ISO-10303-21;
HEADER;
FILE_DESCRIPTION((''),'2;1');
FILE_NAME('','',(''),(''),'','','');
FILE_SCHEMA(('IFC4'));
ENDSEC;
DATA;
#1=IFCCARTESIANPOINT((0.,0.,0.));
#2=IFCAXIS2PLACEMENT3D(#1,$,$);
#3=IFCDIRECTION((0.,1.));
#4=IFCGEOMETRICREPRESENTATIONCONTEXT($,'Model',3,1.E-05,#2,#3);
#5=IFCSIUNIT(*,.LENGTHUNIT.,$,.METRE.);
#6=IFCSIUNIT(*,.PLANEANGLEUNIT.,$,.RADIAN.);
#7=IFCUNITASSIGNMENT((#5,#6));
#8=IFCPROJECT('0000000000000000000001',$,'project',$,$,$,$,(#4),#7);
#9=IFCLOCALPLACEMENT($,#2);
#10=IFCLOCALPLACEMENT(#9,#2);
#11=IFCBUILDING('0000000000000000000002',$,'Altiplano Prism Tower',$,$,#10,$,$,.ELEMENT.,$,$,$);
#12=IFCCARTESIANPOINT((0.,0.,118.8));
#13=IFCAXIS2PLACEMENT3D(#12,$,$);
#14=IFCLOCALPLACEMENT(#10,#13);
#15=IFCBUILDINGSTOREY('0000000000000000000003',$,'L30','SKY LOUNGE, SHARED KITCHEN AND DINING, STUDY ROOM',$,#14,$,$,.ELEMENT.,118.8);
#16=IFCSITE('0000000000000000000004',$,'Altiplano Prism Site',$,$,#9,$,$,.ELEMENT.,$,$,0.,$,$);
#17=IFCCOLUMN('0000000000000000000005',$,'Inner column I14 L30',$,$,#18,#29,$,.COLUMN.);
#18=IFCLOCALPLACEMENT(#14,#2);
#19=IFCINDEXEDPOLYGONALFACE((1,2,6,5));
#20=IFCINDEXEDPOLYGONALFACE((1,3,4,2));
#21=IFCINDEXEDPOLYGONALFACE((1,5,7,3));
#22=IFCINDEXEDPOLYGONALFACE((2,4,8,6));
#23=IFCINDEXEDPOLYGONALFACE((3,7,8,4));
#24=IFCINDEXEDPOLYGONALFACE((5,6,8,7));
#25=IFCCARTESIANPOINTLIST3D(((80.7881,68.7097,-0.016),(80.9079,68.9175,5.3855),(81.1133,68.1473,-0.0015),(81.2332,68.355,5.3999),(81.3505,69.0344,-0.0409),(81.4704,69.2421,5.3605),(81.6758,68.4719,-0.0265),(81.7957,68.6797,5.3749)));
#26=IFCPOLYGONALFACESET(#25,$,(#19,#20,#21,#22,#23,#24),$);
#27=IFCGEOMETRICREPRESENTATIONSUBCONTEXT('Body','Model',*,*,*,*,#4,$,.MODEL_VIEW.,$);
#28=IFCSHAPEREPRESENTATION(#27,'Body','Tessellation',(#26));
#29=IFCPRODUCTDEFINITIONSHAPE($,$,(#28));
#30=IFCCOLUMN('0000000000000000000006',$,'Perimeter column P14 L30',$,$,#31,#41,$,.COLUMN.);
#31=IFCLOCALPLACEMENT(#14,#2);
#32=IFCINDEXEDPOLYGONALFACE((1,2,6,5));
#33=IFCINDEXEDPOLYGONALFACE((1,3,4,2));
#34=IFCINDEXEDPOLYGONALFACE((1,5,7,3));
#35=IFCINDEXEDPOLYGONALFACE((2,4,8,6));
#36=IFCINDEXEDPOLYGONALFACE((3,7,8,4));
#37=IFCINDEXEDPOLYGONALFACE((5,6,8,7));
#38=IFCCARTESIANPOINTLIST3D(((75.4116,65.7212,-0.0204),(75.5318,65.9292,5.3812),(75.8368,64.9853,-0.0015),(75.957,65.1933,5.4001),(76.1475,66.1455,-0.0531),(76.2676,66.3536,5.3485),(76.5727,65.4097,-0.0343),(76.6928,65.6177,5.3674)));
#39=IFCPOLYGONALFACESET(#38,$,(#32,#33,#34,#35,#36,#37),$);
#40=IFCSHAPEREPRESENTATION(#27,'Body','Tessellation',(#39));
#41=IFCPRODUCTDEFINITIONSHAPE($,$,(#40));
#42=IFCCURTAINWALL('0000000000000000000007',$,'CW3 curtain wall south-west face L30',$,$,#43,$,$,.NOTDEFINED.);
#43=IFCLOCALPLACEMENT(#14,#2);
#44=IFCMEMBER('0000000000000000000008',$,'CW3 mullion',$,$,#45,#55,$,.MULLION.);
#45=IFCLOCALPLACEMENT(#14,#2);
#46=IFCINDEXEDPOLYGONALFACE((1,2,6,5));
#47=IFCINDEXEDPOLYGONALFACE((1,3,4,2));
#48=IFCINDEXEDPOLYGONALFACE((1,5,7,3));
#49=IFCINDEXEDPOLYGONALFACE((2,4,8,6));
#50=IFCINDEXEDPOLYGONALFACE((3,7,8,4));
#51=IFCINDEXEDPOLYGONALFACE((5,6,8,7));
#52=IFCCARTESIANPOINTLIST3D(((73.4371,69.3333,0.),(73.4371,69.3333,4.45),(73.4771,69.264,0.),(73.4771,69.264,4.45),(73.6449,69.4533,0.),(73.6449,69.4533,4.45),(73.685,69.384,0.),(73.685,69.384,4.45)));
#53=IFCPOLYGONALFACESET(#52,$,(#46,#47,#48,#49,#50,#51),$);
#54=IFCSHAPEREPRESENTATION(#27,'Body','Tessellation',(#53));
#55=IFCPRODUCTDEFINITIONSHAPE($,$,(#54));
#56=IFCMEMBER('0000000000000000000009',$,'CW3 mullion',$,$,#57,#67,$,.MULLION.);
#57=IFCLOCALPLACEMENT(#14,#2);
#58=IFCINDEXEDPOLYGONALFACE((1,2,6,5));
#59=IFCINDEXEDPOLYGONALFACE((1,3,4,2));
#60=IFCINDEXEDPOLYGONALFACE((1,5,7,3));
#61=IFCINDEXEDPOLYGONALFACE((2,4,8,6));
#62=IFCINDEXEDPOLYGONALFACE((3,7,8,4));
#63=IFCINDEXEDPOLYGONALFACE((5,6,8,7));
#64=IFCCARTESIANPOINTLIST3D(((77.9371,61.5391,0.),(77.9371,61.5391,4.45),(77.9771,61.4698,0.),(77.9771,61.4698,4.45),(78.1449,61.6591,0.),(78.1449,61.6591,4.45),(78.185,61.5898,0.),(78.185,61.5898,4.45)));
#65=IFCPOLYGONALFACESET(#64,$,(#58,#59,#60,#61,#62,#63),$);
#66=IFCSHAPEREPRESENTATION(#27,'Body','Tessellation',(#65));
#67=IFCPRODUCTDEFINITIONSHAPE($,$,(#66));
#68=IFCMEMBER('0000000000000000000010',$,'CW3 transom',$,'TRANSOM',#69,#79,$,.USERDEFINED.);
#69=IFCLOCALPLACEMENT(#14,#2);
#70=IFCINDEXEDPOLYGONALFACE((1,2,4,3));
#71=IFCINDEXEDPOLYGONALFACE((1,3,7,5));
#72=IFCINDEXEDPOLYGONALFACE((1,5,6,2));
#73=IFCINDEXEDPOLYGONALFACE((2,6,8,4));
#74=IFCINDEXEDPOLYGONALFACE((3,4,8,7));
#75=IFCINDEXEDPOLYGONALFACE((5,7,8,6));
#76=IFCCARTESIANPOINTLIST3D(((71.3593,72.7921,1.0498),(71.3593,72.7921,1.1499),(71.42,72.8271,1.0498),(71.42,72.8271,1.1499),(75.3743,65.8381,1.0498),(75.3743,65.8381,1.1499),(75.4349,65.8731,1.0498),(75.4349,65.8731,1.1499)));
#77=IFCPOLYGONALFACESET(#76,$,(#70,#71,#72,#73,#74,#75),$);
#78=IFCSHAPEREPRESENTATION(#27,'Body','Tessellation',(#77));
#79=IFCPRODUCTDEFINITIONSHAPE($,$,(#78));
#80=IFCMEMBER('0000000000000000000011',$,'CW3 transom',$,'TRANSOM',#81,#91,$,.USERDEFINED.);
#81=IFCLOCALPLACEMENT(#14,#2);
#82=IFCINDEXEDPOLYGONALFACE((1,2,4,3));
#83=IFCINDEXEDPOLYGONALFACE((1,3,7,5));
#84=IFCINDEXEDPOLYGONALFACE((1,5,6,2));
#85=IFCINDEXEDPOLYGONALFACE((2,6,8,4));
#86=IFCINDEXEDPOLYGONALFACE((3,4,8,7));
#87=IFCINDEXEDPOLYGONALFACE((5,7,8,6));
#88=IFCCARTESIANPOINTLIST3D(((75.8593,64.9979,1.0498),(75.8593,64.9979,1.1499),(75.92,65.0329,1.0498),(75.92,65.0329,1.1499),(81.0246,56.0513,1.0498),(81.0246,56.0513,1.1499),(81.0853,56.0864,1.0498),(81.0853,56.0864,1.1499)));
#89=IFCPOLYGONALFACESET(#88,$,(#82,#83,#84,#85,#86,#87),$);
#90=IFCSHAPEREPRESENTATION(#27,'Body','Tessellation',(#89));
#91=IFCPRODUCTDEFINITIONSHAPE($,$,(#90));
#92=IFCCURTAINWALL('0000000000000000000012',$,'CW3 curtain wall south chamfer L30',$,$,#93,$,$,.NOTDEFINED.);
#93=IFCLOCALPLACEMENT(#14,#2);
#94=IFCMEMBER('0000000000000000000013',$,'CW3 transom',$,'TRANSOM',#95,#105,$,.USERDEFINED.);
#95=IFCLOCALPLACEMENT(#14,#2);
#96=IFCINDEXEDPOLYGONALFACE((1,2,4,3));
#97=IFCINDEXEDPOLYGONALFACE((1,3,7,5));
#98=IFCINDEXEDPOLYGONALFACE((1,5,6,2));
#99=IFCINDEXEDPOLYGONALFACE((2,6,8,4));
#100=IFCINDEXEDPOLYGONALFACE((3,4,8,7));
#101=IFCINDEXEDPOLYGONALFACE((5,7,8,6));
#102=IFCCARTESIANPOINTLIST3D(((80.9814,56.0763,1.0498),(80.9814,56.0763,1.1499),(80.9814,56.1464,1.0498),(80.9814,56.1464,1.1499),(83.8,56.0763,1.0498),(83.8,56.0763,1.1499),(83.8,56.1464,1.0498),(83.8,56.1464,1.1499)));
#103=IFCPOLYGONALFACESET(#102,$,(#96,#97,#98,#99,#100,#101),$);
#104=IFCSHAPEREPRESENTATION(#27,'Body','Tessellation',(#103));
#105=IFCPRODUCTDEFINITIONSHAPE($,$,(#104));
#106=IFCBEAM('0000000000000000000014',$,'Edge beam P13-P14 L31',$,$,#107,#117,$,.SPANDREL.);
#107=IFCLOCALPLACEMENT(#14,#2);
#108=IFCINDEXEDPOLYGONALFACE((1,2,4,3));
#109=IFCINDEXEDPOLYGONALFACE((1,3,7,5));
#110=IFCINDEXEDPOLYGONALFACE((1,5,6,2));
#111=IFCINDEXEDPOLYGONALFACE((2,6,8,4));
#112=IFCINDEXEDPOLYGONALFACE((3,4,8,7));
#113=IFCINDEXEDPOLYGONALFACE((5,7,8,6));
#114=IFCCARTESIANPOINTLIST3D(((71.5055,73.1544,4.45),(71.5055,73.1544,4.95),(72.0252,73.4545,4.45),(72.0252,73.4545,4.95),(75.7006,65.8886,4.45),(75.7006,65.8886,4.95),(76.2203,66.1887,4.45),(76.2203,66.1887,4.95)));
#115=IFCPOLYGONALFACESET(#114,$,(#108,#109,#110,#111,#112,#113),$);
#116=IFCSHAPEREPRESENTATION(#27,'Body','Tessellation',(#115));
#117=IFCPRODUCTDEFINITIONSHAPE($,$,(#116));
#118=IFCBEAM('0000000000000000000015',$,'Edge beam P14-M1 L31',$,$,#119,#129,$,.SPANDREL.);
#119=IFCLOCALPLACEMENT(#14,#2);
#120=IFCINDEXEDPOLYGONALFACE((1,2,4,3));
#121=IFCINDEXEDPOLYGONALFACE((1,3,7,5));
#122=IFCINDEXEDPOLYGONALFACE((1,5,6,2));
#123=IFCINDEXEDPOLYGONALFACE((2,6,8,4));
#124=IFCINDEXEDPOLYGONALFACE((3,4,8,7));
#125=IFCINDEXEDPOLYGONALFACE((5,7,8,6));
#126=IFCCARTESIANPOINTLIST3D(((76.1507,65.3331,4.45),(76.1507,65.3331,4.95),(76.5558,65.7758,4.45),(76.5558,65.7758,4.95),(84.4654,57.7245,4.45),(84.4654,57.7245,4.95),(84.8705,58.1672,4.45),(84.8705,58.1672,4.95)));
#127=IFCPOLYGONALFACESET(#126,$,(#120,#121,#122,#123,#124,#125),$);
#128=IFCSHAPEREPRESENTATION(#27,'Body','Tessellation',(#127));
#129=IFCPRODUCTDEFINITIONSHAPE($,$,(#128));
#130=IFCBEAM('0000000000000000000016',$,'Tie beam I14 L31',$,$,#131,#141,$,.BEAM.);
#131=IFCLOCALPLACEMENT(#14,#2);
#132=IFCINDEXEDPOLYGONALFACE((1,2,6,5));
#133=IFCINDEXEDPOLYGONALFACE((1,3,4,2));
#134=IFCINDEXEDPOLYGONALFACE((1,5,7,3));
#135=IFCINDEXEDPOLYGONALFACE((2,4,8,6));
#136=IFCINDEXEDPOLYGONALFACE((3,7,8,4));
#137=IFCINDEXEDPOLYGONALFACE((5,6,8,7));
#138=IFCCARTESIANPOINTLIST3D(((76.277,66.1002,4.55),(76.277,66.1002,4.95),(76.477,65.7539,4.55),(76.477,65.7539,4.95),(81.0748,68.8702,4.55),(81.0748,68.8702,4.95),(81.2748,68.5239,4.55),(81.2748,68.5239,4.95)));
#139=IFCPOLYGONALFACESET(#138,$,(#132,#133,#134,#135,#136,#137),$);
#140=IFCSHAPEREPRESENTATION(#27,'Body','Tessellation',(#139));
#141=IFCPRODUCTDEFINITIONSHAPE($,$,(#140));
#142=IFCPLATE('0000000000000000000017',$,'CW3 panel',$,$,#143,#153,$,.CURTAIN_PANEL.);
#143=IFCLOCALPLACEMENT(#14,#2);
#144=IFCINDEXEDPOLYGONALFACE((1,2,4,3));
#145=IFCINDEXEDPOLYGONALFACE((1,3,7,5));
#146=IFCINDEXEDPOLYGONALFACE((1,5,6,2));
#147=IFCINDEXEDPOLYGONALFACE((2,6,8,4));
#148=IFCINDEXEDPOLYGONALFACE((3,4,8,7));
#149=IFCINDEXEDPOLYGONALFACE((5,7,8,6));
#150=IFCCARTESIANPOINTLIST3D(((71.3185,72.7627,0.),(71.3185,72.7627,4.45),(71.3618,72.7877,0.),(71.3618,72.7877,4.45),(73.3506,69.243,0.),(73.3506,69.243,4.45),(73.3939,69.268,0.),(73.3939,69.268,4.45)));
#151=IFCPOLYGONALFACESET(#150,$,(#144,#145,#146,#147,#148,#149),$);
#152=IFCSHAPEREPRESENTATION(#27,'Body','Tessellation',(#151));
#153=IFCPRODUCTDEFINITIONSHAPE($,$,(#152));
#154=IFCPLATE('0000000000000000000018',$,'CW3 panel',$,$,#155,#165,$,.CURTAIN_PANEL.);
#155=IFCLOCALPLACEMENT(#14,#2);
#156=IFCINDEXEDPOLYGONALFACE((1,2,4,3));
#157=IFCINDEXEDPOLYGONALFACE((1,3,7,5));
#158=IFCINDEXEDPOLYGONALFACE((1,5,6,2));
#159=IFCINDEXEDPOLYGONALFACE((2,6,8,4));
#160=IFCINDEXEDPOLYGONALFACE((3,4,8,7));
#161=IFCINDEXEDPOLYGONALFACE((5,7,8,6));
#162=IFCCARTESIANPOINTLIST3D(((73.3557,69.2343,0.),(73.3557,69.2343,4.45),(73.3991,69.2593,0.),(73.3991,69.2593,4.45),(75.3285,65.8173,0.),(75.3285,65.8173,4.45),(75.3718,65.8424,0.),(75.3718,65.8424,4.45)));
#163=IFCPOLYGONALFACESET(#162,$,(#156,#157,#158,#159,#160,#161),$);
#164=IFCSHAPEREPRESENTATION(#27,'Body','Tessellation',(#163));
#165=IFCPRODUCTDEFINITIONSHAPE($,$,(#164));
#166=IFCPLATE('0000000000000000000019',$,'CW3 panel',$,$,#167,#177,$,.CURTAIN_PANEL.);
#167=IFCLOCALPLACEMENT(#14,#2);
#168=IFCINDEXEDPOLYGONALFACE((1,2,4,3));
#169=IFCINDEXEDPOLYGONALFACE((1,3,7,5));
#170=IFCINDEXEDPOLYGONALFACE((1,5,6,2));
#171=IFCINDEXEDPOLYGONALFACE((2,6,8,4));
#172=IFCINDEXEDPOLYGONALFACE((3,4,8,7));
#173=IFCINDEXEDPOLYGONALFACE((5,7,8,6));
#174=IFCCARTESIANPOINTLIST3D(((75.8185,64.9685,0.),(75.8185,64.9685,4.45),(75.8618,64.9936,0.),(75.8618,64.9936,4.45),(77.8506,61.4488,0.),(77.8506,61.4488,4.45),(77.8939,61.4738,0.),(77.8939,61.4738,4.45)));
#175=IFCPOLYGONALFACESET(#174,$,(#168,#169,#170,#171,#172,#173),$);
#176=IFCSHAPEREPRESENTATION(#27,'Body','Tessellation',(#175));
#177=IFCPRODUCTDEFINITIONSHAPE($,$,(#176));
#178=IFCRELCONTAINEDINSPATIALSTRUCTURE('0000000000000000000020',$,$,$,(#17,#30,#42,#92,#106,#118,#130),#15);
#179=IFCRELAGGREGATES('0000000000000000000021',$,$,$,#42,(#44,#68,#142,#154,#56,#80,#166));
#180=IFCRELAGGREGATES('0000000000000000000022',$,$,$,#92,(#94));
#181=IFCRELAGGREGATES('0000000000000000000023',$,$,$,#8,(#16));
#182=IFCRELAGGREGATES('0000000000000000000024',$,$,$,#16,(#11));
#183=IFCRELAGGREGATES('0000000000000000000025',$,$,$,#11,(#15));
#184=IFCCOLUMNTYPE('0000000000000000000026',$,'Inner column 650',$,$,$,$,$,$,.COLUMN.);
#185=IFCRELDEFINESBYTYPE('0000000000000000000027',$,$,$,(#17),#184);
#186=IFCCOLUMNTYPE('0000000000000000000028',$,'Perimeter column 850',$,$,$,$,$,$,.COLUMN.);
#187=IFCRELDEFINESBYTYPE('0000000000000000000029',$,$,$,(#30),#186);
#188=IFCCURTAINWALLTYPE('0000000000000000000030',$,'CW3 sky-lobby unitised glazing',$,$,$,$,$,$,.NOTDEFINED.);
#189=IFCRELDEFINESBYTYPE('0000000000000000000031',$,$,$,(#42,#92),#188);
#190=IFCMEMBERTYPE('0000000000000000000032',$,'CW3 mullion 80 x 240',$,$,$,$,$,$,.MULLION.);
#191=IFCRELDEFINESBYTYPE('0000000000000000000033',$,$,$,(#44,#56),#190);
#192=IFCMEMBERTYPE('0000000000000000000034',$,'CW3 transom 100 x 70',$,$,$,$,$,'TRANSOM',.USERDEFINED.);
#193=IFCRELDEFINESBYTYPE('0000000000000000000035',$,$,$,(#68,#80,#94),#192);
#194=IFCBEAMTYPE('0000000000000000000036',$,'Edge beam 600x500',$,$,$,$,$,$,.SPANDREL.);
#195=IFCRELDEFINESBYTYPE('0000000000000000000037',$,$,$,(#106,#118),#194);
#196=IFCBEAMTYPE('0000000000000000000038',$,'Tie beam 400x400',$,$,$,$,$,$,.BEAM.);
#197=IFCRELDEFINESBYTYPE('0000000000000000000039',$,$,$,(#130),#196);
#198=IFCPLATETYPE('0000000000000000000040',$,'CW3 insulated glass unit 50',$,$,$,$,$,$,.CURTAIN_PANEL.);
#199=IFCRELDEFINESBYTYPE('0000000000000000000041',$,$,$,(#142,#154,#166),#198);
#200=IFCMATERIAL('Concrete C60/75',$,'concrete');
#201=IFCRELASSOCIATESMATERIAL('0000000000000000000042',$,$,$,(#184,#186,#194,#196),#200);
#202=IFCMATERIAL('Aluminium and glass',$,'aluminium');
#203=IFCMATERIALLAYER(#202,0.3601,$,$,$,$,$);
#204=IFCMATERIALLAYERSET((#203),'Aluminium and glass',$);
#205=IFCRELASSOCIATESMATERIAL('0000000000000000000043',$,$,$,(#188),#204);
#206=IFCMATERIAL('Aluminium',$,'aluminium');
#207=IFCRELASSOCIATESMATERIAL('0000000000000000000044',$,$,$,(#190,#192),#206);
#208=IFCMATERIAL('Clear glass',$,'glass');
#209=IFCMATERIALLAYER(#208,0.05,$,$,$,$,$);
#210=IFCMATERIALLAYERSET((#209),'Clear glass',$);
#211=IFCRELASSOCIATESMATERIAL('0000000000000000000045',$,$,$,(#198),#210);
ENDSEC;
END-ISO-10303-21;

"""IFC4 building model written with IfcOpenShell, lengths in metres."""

from ifc_helpers import new_model, si_unit, direction, frame, origin, origin_2d, place, context, subcontext, project, spatial, rectangle, extrude, material, layer, layer_set, material_profile, profile_set, type_object, element, aggregate, save


model = new_model("IFC4")

# Units and contexts
model_context = context("Model", 3, precision=1e-05, world=origin(), true_north=direction((0.0, 1.0)))
body_context = subcontext(model_context, "Body", "Model", "MODEL_VIEW")
ifc_project = project(units=[si_unit("LENGTHUNIT", "METRE"), si_unit("PLANEANGLEUNIT", "RADIAN")], contexts=[model_context])

# Site, building, storey
site_placement = place(None, origin())
site = spatial("IfcSite", under=ifc_project, at=site_placement, Name="Altiplano Prism Site", CompositionType="ELEMENT", RefElevation=0.0)
building_placement = place(site_placement, origin())
building = spatial("IfcBuilding", under=site, at=building_placement, Name="Altiplano Prism Tower", CompositionType="ELEMENT")
storey_placement = place(building_placement, frame((0.0, 0.0, 118.8)))
storey = spatial("IfcBuildingStorey", under=building, at=storey_placement, Name="L30", Description="SKY LOUNGE, SHARED KITCHEN AND DINING, STUDY ROOM", CompositionType="ELEMENT", Elevation=118.8)

# Columns
ifc_material_1 = material(Name="Concrete C60/75", Category="concrete")
ifc_material_profile_1 = material_profile(ifc_material_1, rectangle(XDim=0.6499, YDim=0.6499, at=origin_2d()), Name="Inner column 650")
ifc_profile_set_1 = profile_set([ifc_material_profile_1], Name="Concrete C60/75")
column_type_1 = type_object("IfcColumnType", Name="Inner column 650", PredefinedType="COLUMN", material=ifc_profile_set_1)
column_1_placement = place(storey_placement, frame((81.2319, 68.5908, -0.0212), z_axis=(0.022171, 0.038427, 0.999015), x_axis=(-0.865455, -0.499512, 0.038421)))
element("IfcColumn", 1, at=column_1_placement, inside=storey, type_object=column_type_1, Name="Inner column I14 L30", PredefinedType="COLUMN", context=body_context, shape_type="SweptSolid", body=[
    extrude(rectangle(XDim=0.6499, YDim=0.6499, at=origin_2d()), origin(), (0.0, 0.0, 1.0), 5.4067),
])
ifc_material_profile_2 = material_profile(ifc_material_1, rectangle(XDim=0.8501, YDim=0.8501, at=origin_2d()), Name="Perimeter column 850")
ifc_profile_set_2 = profile_set([ifc_material_profile_2], Name="Concrete C60/75")
column_type_2 = type_object("IfcColumnType", Name="Perimeter column 850", PredefinedType="COLUMN", material=ifc_profile_set_2)
column_2_placement = place(storey_placement, frame((75.9922, 65.5654, -0.0273), z_axis=(0.022215, 0.03847, 0.999013), x_axis=(-0.86564, -0.499187, 0.038472)))
element("IfcColumn", 2, at=column_2_placement, inside=storey, type_object=column_type_2, Name="Perimeter column P14 L30", PredefinedType="COLUMN", context=body_context, shape_type="SweptSolid", body=[
    extrude(rectangle(XDim=0.8501, YDim=0.8501, at=origin_2d()), origin(), (0.0, 0.0, 1.0), 5.407),
])

# Curtain wall, members
ifc_material_2 = material(Name="Aluminium and glass", Category="aluminium")
ifc_layer_1 = layer(ifc_material_2, 0.3601)
ifc_layer_set_1 = layer_set([ifc_layer_1], Name="Aluminium and glass")
curtain_wall_type = type_object("IfcCurtainWallType", Name="CW3 sky-lobby unitised glazing", PredefinedType="NOTDEFINED", material=ifc_layer_set_1)
curtain_wall_1_placement = place(storey_placement, origin())
curtain_wall_1 = element("IfcCurtainWall", 3, at=curtain_wall_1_placement, inside=storey, type_object=curtain_wall_type, Name="CW3 curtain wall south-west face L30", PredefinedType="NOTDEFINED")
ifc_material_3 = material(Name="Aluminium", Category="aluminium")
ifc_material_profile_3 = material_profile(ifc_material_3, rectangle(XDim=0.24, YDim=0.0801, at=origin_2d()), Name="CW3 mullion 80 x 240")
ifc_profile_set_3 = profile_set([ifc_material_profile_3], Name="Aluminium")
member_type_1 = type_object("IfcMemberType", Name="CW3 mullion 80 x 240", PredefinedType="MULLION", material=ifc_profile_set_3)
member_1_placement = place(storey_placement, frame((73.561, 69.3586, 0.0), z_axis=(0.0, 0.0, 1.0), x_axis=(0.866025, 0.5, 0.0)))
member_1 = element("IfcMember", 4, at=member_1_placement, type_object=member_type_1, Name="CW3 mullion", PredefinedType="MULLION", context=body_context, shape_type="SweptSolid", body=[
    extrude(rectangle(XDim=0.24, YDim=0.0801, at=origin_2d()), origin(), (0.0, 0.0, 1.0), 4.45),
])
member_2_placement = place(storey_placement, frame((78.061, 61.5645, 0.0), z_axis=(0.0, 0.0, 1.0), x_axis=(0.866025, 0.5, 0.0)))
member_2 = element("IfcMember", 5, at=member_2_placement, type_object=member_type_1, Name="CW3 mullion", PredefinedType="MULLION", context=body_context, shape_type="SweptSolid", body=[
    extrude(rectangle(XDim=0.24, YDim=0.0801, at=origin_2d()), origin(), (0.0, 0.0, 1.0), 4.45),
])
ifc_material_profile_4 = material_profile(ifc_material_3, rectangle(XDim=0.0701, YDim=0.1001, at=origin_2d()), Name="CW3 transom 100 x 70")
ifc_profile_set_4 = profile_set([ifc_material_profile_4], Name="Aluminium")
member_type_2 = type_object("IfcMemberType", Name="CW3 transom 100 x 70", ElementType="TRANSOM", PredefinedType="USERDEFINED", material=ifc_profile_set_4)
member_3_placement = place(storey_placement, frame((71.3896, 72.8096, 1.0999), z_axis=(0.500008, -0.866021, 0.0), x_axis=(0.866021, 0.500008, 0.0)))
member_3 = element("IfcMember", 6, at=member_3_placement, type_object=member_type_2, Name="CW3 transom", ObjectType="TRANSOM", PredefinedType="USERDEFINED", context=body_context, shape_type="SweptSolid", body=[
    extrude(rectangle(XDim=0.0701, YDim=0.1001, at=origin_2d()), origin(), (0.0, 0.0, 1.0), 8.0298),
])
member_4_placement = place(storey_placement, frame((75.8896, 65.0154, 1.0999), z_axis=(0.5, -0.866025, 0.0), x_axis=(0.866025, 0.5, 0.0)))
member_4 = element("IfcMember", 7, at=member_4_placement, type_object=member_type_2, Name="CW3 transom", ObjectType="TRANSOM", PredefinedType="USERDEFINED", context=body_context, shape_type="SweptSolid", body=[
    extrude(rectangle(XDim=0.0701, YDim=0.1001, at=origin_2d()), origin(), (0.0, 0.0, 1.0), 10.3306),
])

# Curtain wall, member
curtain_wall_2_placement = place(storey_placement, origin())
curtain_wall_2 = element("IfcCurtainWall", 8, at=curtain_wall_2_placement, inside=storey, type_object=curtain_wall_type, Name="CW3 curtain wall south chamfer L30", PredefinedType="NOTDEFINED")
member_5_placement = place(storey_placement, frame((80.9814, 56.1113, 1.0999), z_axis=(1.0, 0.0, 0.0), x_axis=(0.0, 1.0, 0.0)))
member_5 = element("IfcMember", 9, at=member_5_placement, type_object=member_type_2, Name="CW3 transom", ObjectType="TRANSOM", PredefinedType="USERDEFINED", context=body_context, shape_type="SweptSolid", body=[
    extrude(rectangle(XDim=0.0701, YDim=0.1001, at=origin_2d()), origin(), (0.0, 0.0, 1.0), 2.8186),
])

# Beams
ifc_material_profile_5 = material_profile(ifc_material_1, rectangle(XDim=0.6001, YDim=0.5, at=origin_2d()), Name="Edge beam 600x500")
ifc_profile_set_5 = profile_set([ifc_material_profile_5], Name="Concrete C60/75")
beam_type_1 = type_object("IfcBeamType", Name="Edge beam 600x500", PredefinedType="SPANDREL", material=ifc_profile_set_5)
beam_1_placement = place(storey_placement, frame((71.7654, 73.3044, 4.7), z_axis=(0.50001, -0.866019, 0.0), x_axis=(0.866019, 0.50001, 0.0)))
element("IfcBeam", 10, at=beam_1_placement, inside=storey, type_object=beam_type_1, Name="Edge beam P13-P14 L31", PredefinedType="SPANDREL", context=body_context, shape_type="SweptSolid", body=[
    extrude(rectangle(XDim=0.6001, YDim=0.5, at=origin_2d()), origin(), (0.0, 0.0, 1.0), 8.3899),
])
beam_2_placement = place(storey_placement, frame((76.3533, 65.5544, 4.7), z_axis=(0.737736, -0.67509, 0.0), x_axis=(0.67509, 0.737736, 0.0)))
element("IfcBeam", 11, at=beam_2_placement, inside=storey, type_object=beam_type_1, Name="Edge beam P14-M1 L31", PredefinedType="SPANDREL", context=body_context, shape_type="SweptSolid", body=[
    extrude(rectangle(XDim=0.6001, YDim=0.5, at=origin_2d()), origin(), (0.0, 0.0, 1.0), 11.2705),
])
ifc_material_profile_6 = material_profile(ifc_material_1, rectangle(XDim=0.3999, YDim=0.3999, at=origin_2d()), Name="Tie beam 400x400")
ifc_profile_set_6 = profile_set([ifc_material_profile_6], Name="Concrete C60/75")
beam_type_2 = type_object("IfcBeamType", Name="Tie beam 400x400", PredefinedType="BEAM", material=ifc_profile_set_6)
beam_3_placement = place(storey_placement, frame((81.1748, 68.697, 4.75), z_axis=(-0.866027, -0.499997, 0.0), x_axis=(0.499997, -0.866027, 0.0)))
element("IfcBeam", 12, at=beam_3_placement, inside=storey, type_object=beam_type_2, Name="Tie beam I14 L31", PredefinedType="BEAM", context=body_context, shape_type="SweptSolid", body=[
    extrude(rectangle(XDim=0.3999, YDim=0.3999, at=origin_2d()), origin(), (0.0, 0.0, 1.0), 5.54),
])

# Plates
ifc_material_4 = material(Name="Clear glass", Category="glass")
ifc_layer_2 = layer(ifc_material_4, 0.05)
ifc_layer_set_2 = layer_set([ifc_layer_2], Name="Clear glass")
plate_type = type_object("IfcPlateType", Name="CW3 insulated glass unit 50", PredefinedType="CURTAIN_PANEL", material=ifc_layer_set_2)
plate_1_placement = place(storey_placement, frame((72.3562, 71.0154, 0.0), z_axis=(0.0, 0.0, 1.0), x_axis=(0.5, -0.866025, 0.0)))
plate_1 = element("IfcPlate", 13, at=plate_1_placement, type_object=plate_type, Name="CW3 panel", PredefinedType="CURTAIN_PANEL", context=body_context, shape_type="SweptSolid", body=[
    extrude(rectangle(XDim=4.0642, YDim=0.05, at=origin_2d()), origin(), (0.0, 0.0, 1.0), 4.45),
])
plate_2_placement = place(storey_placement, frame((74.3638, 67.5383, 0.0), z_axis=(0.0, 0.0, 1.0), x_axis=(0.5, -0.866025, 0.0)))
plate_2 = element("IfcPlate", 14, at=plate_2_placement, type_object=plate_type, Name="CW3 panel", PredefinedType="CURTAIN_PANEL", context=body_context, shape_type="SweptSolid", body=[
    extrude(rectangle(XDim=3.9456, YDim=0.05, at=origin_2d()), origin(), (0.0, 0.0, 1.0), 4.45),
])
plate_3_placement = place(storey_placement, frame((76.8562, 63.2212, 0.0), z_axis=(0.0, 0.0, 1.0), x_axis=(0.5, -0.866025, 0.0)))
plate_3 = element("IfcPlate", 15, at=plate_3_placement, type_object=plate_type, Name="CW3 panel", PredefinedType="CURTAIN_PANEL", context=body_context, shape_type="SweptSolid", body=[
    extrude(rectangle(XDim=4.0642, YDim=0.05, at=origin_2d()), origin(), (0.0, 0.0, 1.0), 4.45),
])
aggregate(curtain_wall_1, [member_1, member_3, plate_1, plate_2, member_2, member_4, plate_3])
aggregate(curtain_wall_2, [member_5])

save(model, "model.ifc")
